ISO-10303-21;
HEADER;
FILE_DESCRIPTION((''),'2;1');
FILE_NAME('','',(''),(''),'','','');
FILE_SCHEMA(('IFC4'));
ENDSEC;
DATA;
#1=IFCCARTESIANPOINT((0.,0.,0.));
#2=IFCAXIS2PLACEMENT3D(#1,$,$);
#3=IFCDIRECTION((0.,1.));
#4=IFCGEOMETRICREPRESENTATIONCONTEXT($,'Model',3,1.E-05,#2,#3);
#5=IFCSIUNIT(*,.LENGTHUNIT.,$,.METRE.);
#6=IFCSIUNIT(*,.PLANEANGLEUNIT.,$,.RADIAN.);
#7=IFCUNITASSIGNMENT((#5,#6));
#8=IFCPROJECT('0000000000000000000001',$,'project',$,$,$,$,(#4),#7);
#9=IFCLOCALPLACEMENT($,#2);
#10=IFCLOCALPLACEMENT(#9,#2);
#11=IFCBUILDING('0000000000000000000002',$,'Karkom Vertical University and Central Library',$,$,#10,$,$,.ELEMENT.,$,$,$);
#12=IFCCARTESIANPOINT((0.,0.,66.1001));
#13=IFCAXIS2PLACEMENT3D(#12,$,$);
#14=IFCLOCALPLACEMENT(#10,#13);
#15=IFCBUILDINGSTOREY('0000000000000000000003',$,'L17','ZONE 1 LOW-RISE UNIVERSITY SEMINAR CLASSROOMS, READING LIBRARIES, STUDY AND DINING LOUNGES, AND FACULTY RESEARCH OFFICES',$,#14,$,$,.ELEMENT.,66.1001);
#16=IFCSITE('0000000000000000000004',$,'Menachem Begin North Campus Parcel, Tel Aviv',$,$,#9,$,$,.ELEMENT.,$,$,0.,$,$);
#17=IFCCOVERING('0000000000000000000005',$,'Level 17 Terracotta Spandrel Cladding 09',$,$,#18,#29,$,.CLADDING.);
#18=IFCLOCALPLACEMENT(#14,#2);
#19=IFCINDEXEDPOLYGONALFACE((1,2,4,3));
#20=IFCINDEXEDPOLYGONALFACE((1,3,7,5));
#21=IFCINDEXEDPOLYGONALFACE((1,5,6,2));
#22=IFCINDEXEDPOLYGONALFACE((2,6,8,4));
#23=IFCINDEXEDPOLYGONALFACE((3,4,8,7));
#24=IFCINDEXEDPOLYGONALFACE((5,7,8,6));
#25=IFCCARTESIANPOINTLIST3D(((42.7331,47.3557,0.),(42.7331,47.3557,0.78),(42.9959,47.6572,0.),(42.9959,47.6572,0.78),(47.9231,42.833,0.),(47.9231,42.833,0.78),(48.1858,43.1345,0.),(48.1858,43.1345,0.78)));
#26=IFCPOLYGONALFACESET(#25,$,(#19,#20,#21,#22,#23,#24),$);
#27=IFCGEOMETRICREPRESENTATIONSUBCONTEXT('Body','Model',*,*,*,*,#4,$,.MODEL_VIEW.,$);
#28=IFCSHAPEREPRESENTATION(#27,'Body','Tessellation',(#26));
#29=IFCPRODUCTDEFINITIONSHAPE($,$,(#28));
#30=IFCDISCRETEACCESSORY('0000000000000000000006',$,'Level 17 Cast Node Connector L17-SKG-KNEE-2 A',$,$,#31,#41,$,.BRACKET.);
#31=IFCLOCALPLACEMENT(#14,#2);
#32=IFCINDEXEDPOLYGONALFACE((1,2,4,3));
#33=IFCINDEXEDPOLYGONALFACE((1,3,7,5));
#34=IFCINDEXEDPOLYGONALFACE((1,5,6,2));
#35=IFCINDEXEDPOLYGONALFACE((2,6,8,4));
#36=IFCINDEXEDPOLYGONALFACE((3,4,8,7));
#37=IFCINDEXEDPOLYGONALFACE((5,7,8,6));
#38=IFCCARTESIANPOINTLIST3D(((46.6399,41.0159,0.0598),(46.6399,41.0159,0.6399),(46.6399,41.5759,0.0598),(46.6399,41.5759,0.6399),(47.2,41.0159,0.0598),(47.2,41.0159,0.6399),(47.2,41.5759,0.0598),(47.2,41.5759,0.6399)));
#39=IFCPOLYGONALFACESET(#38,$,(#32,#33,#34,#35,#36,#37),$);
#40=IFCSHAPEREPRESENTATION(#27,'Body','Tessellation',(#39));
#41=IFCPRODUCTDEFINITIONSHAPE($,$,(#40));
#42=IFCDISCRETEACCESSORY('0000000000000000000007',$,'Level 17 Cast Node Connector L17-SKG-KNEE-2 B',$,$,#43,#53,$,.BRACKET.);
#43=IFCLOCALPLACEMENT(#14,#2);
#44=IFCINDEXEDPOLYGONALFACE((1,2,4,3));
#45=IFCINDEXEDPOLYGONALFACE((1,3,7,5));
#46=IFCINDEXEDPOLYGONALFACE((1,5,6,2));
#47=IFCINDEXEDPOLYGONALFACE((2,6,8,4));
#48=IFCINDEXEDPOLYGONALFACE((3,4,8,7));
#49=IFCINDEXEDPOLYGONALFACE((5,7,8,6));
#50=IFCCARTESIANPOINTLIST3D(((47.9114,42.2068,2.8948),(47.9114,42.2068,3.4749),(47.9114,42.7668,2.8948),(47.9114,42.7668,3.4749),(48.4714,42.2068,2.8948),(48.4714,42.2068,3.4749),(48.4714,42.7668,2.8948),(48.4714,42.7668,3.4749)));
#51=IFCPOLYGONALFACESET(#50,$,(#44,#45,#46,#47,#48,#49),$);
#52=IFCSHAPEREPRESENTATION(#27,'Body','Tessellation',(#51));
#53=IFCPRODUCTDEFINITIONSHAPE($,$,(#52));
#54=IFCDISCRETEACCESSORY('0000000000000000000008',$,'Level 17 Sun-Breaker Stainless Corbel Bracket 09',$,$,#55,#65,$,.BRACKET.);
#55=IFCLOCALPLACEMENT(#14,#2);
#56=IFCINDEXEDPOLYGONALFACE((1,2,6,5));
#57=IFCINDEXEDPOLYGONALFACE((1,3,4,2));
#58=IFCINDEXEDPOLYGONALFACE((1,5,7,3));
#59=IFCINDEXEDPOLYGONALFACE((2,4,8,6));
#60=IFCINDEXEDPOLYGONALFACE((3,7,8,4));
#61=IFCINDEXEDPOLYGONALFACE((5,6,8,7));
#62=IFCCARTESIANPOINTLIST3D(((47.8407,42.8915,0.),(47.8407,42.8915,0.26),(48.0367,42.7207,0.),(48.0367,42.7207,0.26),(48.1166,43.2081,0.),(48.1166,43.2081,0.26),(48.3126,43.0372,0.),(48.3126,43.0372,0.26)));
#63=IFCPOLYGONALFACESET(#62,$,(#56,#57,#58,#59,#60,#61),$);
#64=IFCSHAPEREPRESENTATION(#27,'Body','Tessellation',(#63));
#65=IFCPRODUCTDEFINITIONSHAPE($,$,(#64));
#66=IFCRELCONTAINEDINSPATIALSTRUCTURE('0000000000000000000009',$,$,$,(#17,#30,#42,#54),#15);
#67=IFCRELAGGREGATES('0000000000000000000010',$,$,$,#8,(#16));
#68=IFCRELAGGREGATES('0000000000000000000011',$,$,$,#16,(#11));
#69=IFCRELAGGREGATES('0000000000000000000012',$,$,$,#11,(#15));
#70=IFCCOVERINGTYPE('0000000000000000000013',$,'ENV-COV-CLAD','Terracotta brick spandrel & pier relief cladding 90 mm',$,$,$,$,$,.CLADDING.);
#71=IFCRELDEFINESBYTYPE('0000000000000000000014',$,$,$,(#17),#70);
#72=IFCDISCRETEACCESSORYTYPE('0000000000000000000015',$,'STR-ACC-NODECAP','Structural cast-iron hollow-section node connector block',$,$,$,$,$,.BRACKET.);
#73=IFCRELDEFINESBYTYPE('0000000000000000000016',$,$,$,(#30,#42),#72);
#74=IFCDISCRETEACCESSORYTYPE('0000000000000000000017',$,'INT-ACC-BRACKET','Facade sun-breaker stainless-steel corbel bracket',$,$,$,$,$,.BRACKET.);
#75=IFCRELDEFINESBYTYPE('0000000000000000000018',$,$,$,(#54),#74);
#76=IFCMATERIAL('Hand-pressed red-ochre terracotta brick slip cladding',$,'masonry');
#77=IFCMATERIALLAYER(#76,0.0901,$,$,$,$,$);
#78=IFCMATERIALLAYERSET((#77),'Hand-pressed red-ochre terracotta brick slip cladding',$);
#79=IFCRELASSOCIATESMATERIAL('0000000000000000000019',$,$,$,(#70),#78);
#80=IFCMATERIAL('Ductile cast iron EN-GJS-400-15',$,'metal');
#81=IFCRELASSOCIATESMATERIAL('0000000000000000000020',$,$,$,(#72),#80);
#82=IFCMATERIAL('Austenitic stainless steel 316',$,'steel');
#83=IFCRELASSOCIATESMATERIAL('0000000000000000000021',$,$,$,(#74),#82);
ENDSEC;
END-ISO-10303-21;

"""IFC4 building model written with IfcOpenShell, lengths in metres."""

from ifc_helpers import new_model, si_unit, direction, frame, origin, origin_with_axes, origin_2d, place, context, subcontext, project, spatial, rectangle, extrude, source, transform, mapped, material, layer, layer_set, type_object, element, save


model = new_model("IFC4")

# Units and contexts
model_context = context("Model", 3, precision=1e-05, world=origin(), true_north=direction((0.0, 1.0)))
body_context = subcontext(model_context, "Body", "Model", "MODEL_VIEW")
ifc_project = project(units=[si_unit("LENGTHUNIT", "METRE"), si_unit("PLANEANGLEUNIT", "RADIAN")], contexts=[model_context])

# Site, building, storey
site_placement = place(None, origin())
site = spatial("IfcSite", under=ifc_project, at=site_placement, Name="Menachem Begin North Campus Parcel, Tel Aviv", CompositionType="ELEMENT", RefElevation=0.0)
building_placement = place(site_placement, origin())
building = spatial("IfcBuilding", under=site, at=building_placement, Name="Karkom Vertical University and Central Library", CompositionType="ELEMENT")
storey_placement = place(building_placement, frame((0.0, 0.0, 66.1001)))
storey = spatial("IfcBuildingStorey", under=building, at=storey_placement, Name="L17", Description="ZONE 1 LOW-RISE UNIVERSITY SEMINAR CLASSROOMS, READING LIBRARIES, STUDY AND DINING LOUNGES, AND FACULTY RESEARCH OFFICES", CompositionType="ELEMENT", Elevation=66.1001)

# Covering
ifc_material_1 = material(Name="Hand-pressed red-ochre terracotta brick slip cladding", Category="masonry")
ifc_layer_1 = layer(ifc_material_1, 0.0901)
ifc_layer_set_1 = layer_set([ifc_layer_1], Name="Hand-pressed red-ochre terracotta brick slip cladding")
covering_type = type_object("IfcCoveringType", Name="ENV-COV-CLAD", Description="Terracotta brick spandrel & pier relief cladding 90 mm", PredefinedType="CLADDING", material=ifc_layer_set_1)
shared_shape_1 = source(origin_with_axes(), body_context, "Body", "SweptSolid", [
    extrude(rectangle(XDim=6.884, YDim=0.3999, at=origin_2d()), origin(), (0.0, 0.0, 1.0), 0.78),
])
covering_placement = place(storey_placement, frame((45.4595, 45.2451, 0.0), z_axis=(0.0, 0.0, 1.0), x_axis=(-0.753907, 0.656981, 0.0)))
element("IfcCovering", 1, at=covering_placement, inside=storey, type_object=covering_type, Name="Level 17 Terracotta Spandrel Cladding 09", PredefinedType="CLADDING", context=body_context, shape_type="MappedRepresentation", body=[
    mapped(shared_shape_1, transform((0.0, 0.0, 0.0), scale=1.0)),
])

# Discrete accessories
ifc_material_2 = material(Name="Ductile cast iron EN-GJS-400-15", Category="metal")
discrete_accessory_type_1 = type_object("IfcDiscreteAccessoryType", Name="STR-ACC-NODECAP", Description="Structural cast-iron hollow-section node connector block", PredefinedType="BRACKET", material=ifc_material_2)
shared_shape_2 = source(origin_with_axes(), body_context, "Body", "SweptSolid", [
    extrude(rectangle(XDim=0.5601, YDim=0.5601, at=origin_2d()), origin(), (0.0, 0.0, 1.0), 0.5801),
])
for number, where, z_axis, x_axis, name in (
    (2, (46.9199, 41.2959, 0.0598), (0.0, 0.0, 1.0), (1.0, 0.0, 0.0), "Level 17 Cast Node Connector L17-SKG-KNEE-2 A"),
    (3, (48.1914, 42.4868, 2.8948), (0.0, 0.0, 1.0), (1.0, 0.0, 0.0), "Level 17 Cast Node Connector L17-SKG-KNEE-2 B"),
):
    element("IfcDiscreteAccessory", number, at=place(storey_placement, frame(where, z_axis=z_axis, x_axis=x_axis)), inside=storey, type_object=discrete_accessory_type_1, Name=name, PredefinedType="BRACKET", context=body_context, shape_type="MappedRepresentation", body=[
        mapped(shared_shape_2, transform((0.0, 0.0, 0.0), scale=1.0)),
    ])
ifc_material_3 = material(Name="Austenitic stainless steel 316", Category="steel")
discrete_accessory_type_2 = type_object("IfcDiscreteAccessoryType", Name="INT-ACC-BRACKET", Description="Facade sun-breaker stainless-steel corbel bracket", PredefinedType="BRACKET", material=ifc_material_3)
shared_shape_3 = source(origin_with_axes(), body_context, "Body", "SweptSolid", [
    extrude(rectangle(XDim=0.26, YDim=0.4199, at=origin_2d()), origin(), (0.0, 0.0, 1.0), 0.26),
])
discrete_accessory_placement = place(storey_placement, frame((48.0767, 42.9644, 0.0), z_axis=(0.0, 0.0, 1.0), x_axis=(-0.753907, 0.656981, 0.0)))
element("IfcDiscreteAccessory", 4, at=discrete_accessory_placement, inside=storey, type_object=discrete_accessory_type_2, Name="Level 17 Sun-Breaker Stainless Corbel Bracket 09", PredefinedType="BRACKET", context=body_context, shape_type="MappedRepresentation", body=[
    mapped(shared_shape_3, transform((0.0, 0.0, 0.0), scale=1.0)),
])

save(model, "model.ifc")
